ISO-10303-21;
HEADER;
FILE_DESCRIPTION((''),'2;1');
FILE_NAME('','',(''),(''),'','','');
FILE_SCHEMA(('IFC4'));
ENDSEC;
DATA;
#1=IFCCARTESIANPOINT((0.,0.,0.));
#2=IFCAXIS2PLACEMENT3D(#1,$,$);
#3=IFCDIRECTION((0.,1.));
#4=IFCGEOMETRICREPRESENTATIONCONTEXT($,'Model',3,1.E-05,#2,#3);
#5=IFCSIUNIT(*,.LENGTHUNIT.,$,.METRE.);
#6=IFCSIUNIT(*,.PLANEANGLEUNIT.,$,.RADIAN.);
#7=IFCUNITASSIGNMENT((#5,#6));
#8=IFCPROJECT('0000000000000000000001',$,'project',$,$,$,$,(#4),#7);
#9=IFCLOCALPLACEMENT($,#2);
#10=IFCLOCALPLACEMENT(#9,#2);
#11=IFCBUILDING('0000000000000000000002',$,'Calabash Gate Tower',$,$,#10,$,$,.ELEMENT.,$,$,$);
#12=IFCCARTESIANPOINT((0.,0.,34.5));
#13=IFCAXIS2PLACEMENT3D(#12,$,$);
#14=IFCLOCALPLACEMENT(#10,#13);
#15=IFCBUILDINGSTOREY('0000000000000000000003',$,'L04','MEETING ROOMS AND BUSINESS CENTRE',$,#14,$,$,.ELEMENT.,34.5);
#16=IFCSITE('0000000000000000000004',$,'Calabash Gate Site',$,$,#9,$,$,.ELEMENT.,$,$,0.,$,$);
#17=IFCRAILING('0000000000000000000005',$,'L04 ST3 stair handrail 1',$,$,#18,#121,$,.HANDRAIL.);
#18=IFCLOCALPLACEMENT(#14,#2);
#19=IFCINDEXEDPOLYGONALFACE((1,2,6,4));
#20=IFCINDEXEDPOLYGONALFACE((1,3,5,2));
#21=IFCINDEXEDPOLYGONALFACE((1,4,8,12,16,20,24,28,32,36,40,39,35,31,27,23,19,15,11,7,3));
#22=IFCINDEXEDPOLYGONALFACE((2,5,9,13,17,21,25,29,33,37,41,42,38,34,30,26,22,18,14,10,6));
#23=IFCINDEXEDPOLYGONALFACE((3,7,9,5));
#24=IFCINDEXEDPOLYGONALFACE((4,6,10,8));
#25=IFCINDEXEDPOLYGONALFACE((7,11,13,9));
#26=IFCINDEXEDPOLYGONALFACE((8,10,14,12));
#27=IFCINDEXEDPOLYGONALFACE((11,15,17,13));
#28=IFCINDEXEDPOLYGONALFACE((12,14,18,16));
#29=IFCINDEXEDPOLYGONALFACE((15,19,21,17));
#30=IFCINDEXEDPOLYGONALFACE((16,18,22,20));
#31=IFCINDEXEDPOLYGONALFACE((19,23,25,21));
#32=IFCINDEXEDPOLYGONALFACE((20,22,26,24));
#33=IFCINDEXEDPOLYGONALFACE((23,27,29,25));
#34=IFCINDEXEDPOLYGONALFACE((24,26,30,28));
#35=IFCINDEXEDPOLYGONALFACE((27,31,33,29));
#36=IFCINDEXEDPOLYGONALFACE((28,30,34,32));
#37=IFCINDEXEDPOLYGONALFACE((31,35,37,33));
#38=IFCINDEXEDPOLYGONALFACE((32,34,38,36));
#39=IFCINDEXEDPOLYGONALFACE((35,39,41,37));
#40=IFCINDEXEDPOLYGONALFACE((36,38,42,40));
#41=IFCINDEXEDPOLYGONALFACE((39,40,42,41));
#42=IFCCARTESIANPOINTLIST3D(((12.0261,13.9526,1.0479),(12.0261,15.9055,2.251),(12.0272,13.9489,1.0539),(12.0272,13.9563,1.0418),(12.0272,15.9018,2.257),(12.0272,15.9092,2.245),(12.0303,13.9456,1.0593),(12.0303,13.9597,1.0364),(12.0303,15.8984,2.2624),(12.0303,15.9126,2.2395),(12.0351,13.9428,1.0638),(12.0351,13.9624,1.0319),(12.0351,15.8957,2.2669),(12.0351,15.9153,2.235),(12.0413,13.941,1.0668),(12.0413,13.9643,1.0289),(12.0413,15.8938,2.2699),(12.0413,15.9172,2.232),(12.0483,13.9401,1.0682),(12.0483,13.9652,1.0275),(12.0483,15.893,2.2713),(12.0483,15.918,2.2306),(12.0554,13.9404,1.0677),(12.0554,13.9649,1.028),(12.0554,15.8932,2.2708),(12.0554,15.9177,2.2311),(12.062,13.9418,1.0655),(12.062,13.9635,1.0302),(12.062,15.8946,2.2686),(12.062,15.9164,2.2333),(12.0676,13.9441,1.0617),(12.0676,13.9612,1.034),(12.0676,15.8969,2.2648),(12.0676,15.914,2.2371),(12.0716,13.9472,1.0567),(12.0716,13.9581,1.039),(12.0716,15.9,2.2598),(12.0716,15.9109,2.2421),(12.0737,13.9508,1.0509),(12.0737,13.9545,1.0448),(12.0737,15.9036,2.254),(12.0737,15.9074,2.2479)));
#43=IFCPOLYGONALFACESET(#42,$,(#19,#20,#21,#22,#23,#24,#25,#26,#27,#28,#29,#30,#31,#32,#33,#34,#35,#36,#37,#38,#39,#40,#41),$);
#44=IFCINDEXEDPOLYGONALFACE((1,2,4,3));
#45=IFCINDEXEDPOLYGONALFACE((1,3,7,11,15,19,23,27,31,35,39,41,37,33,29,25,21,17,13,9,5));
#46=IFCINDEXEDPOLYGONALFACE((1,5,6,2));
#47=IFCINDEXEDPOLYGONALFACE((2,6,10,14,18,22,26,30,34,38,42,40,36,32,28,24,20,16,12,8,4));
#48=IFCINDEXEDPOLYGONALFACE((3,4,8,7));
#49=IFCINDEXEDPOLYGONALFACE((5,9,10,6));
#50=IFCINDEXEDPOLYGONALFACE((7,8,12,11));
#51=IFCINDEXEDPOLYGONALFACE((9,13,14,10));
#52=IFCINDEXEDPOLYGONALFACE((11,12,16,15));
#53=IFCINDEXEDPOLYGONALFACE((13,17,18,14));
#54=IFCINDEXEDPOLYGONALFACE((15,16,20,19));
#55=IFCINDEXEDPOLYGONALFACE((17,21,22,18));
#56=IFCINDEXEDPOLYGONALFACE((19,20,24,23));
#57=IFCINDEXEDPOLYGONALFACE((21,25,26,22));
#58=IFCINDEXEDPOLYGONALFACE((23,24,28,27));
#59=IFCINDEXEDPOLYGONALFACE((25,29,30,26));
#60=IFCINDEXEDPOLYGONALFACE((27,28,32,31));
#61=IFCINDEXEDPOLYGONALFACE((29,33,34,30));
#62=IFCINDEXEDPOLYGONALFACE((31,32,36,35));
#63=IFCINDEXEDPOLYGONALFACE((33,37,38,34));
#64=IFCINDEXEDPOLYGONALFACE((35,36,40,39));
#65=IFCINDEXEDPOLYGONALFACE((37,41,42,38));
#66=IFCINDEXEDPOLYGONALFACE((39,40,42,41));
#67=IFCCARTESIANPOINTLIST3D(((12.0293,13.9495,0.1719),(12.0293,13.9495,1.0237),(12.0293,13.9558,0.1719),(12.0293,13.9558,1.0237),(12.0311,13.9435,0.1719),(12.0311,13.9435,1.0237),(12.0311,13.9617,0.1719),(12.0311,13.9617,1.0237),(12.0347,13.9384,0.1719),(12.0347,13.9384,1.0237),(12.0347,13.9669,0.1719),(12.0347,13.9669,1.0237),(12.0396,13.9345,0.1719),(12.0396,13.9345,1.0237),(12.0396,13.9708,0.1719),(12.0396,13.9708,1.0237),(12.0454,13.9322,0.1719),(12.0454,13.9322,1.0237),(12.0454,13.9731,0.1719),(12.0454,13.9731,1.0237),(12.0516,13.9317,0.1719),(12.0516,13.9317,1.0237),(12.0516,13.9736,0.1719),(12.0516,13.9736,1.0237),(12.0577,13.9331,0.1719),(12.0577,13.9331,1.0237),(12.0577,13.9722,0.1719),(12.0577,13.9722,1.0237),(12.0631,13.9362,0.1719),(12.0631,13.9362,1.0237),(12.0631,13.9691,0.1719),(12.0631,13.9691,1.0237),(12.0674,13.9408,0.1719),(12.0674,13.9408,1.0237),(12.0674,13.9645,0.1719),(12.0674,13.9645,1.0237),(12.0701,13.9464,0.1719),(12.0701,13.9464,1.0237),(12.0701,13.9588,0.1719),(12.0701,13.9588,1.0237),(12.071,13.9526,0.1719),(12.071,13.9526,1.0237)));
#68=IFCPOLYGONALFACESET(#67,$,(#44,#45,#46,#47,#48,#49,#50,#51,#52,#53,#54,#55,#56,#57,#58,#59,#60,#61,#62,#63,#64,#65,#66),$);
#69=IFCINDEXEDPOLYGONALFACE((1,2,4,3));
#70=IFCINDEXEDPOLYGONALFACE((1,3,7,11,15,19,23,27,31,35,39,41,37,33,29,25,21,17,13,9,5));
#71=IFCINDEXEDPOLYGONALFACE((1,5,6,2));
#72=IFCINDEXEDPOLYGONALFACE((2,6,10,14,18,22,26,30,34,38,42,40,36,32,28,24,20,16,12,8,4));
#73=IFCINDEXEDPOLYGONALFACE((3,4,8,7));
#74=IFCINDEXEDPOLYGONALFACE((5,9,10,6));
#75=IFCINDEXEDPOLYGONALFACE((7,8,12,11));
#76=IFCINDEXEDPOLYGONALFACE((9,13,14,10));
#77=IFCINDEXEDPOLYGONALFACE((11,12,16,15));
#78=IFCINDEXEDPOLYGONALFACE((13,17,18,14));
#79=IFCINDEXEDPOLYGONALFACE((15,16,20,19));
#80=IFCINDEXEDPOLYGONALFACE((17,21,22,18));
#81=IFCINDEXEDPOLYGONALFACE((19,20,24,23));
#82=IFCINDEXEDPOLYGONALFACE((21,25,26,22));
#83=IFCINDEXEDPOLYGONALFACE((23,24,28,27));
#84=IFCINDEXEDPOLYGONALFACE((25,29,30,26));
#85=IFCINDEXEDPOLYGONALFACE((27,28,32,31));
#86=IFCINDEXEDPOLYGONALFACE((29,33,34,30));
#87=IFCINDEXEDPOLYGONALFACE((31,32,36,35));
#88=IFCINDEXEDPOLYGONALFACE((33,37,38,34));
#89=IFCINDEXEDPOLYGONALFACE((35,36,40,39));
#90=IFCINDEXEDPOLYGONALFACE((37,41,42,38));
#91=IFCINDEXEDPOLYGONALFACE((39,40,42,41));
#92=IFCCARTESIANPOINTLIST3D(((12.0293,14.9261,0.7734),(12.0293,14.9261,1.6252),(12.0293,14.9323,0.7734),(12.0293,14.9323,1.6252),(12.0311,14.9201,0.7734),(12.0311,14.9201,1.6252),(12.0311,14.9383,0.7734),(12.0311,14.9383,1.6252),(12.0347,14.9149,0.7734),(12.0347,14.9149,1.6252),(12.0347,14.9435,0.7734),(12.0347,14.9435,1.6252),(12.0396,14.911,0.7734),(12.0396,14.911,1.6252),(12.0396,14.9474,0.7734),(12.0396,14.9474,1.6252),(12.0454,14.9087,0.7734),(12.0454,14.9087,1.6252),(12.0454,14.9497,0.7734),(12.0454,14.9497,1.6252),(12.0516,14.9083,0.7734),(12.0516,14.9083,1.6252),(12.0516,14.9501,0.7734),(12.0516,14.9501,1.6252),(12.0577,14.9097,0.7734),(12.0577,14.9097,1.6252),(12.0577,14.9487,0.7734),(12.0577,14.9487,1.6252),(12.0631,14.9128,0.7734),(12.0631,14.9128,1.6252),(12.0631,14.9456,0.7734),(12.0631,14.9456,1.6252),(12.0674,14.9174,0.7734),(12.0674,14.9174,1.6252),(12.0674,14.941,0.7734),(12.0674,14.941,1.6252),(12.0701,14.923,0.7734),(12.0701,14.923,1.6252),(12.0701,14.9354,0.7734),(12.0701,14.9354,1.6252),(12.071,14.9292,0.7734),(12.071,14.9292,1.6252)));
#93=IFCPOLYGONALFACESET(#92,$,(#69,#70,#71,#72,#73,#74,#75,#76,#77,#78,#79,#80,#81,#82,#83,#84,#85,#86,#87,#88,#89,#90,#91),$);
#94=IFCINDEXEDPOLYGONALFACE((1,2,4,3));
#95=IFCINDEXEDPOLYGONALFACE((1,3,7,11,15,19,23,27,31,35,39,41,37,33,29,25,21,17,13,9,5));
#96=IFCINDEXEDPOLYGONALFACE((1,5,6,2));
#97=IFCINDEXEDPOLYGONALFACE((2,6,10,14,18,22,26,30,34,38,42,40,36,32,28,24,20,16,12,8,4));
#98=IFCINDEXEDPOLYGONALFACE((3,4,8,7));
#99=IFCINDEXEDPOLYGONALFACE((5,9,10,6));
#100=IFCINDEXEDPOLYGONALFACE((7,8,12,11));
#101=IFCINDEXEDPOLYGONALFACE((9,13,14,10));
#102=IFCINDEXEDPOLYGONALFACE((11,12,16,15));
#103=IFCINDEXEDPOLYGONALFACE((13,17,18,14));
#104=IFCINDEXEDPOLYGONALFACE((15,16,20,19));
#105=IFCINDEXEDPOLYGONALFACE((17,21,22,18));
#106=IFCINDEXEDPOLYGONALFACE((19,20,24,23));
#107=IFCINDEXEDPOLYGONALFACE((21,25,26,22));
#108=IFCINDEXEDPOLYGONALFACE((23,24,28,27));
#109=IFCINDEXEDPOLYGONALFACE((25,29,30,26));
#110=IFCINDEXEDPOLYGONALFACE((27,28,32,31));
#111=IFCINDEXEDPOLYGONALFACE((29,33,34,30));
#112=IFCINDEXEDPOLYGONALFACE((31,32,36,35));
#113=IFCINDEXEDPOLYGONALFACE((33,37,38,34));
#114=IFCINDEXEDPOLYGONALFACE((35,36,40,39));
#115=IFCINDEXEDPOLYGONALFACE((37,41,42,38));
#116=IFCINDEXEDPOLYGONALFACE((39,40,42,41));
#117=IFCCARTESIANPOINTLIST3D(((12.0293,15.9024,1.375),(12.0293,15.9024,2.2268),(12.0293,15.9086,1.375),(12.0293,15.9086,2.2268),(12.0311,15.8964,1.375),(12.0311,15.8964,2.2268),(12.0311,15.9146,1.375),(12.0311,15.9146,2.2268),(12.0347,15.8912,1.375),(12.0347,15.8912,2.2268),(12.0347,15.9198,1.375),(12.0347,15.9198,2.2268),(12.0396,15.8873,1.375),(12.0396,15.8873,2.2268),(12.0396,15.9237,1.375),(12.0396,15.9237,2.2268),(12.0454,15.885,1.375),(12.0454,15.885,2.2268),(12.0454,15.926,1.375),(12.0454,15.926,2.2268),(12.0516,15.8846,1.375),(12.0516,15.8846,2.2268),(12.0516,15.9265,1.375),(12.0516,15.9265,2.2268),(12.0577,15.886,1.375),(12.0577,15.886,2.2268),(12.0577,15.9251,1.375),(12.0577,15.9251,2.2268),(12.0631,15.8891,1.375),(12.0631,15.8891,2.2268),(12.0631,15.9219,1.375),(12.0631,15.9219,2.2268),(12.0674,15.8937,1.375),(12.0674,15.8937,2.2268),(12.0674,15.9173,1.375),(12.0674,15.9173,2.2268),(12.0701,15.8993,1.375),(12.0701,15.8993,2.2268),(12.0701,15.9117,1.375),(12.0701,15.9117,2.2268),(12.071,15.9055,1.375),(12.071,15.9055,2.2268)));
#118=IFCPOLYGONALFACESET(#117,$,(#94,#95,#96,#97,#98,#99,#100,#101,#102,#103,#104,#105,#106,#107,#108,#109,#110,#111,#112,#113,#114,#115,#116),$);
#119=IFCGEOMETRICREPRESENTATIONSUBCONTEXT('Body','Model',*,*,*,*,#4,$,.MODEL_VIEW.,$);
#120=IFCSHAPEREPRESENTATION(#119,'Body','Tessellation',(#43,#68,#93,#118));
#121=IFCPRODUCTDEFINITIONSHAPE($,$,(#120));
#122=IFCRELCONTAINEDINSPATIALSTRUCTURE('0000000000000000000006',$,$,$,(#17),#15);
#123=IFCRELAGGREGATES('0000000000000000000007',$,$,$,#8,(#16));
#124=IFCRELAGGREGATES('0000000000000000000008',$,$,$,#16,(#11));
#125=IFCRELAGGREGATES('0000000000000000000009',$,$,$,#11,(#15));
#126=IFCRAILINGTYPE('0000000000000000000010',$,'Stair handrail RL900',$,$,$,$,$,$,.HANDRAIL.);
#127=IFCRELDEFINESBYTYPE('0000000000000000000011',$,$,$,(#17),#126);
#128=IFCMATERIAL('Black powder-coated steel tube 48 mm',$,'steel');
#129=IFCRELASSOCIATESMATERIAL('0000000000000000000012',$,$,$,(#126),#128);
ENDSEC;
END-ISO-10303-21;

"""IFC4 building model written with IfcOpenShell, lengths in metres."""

from ifc_helpers import new_model, si_unit, direction, frame, origin, origin_2d, place, context, subcontext, project, spatial, circle, extrude, material, type_object, element, save


model = new_model("IFC4")

# Units and contexts
model_context = context("Model", 3, precision=1e-05, world=origin(), true_north=direction((0.0, 1.0)))
body_context = subcontext(model_context, "Body", "Model", "MODEL_VIEW")
ifc_project = project(units=[si_unit("LENGTHUNIT", "METRE"), si_unit("PLANEANGLEUNIT", "RADIAN")], contexts=[model_context])

# Site, building, storey
site_placement = place(None, origin())
site = spatial("IfcSite", under=ifc_project, at=site_placement, Name="Calabash Gate Site", CompositionType="ELEMENT", RefElevation=0.0)
building_placement = place(site_placement, origin())
building = spatial("IfcBuilding", under=site, at=building_placement, Name="Calabash Gate Tower", CompositionType="ELEMENT")
storey_placement = place(building_placement, frame((0.0, 0.0, 34.5)))
storey = spatial("IfcBuildingStorey", under=building, at=storey_placement, Name="L04", Description="MEETING ROOMS AND BUSINESS CENTRE", CompositionType="ELEMENT", Elevation=34.5)

# Railing
ifc_material_1 = material(Name="Black powder-coated steel tube 48 mm", Category="steel")
railing_type_1 = type_object("IfcRailingType", Name="Stair handrail RL900", PredefinedType="HANDRAIL", material=ifc_material_1)
railing_1_placement = place(storey_placement, frame((12.05, 13.9526, 0.1719)))
element("IfcRailing", 1, at=railing_1_placement, inside=storey, type_object=railing_type_1, Name="L04 ST3 stair handrail 1", PredefinedType="HANDRAIL", context=body_context, shape_type="SweptSolid", body=[
    extrude(circle(Radius=0.0239, at=origin_2d()), frame((0.0, 0.0, 0.876), z_axis=(0.0, 0.851395, 0.524525), x_axis=(-1.0, 0.0, 0.0)), (0.0, 0.0, 1.0), 2.2937),
    extrude(circle(Radius=0.021, at=origin_2d()), origin(), (0.0, 0.0, 1.0), 0.8518),
    extrude(circle(Radius=0.021, at=origin_2d()), frame((0.0, 0.9766, 0.6016)), (0.0, 0.0, 1.0), 0.8518),
    extrude(circle(Radius=0.021, at=origin_2d()), frame((0.0, 1.9529, 1.2031)), (0.0, 0.0, 1.0), 0.8518),
])

save(model, "model.ifc")
